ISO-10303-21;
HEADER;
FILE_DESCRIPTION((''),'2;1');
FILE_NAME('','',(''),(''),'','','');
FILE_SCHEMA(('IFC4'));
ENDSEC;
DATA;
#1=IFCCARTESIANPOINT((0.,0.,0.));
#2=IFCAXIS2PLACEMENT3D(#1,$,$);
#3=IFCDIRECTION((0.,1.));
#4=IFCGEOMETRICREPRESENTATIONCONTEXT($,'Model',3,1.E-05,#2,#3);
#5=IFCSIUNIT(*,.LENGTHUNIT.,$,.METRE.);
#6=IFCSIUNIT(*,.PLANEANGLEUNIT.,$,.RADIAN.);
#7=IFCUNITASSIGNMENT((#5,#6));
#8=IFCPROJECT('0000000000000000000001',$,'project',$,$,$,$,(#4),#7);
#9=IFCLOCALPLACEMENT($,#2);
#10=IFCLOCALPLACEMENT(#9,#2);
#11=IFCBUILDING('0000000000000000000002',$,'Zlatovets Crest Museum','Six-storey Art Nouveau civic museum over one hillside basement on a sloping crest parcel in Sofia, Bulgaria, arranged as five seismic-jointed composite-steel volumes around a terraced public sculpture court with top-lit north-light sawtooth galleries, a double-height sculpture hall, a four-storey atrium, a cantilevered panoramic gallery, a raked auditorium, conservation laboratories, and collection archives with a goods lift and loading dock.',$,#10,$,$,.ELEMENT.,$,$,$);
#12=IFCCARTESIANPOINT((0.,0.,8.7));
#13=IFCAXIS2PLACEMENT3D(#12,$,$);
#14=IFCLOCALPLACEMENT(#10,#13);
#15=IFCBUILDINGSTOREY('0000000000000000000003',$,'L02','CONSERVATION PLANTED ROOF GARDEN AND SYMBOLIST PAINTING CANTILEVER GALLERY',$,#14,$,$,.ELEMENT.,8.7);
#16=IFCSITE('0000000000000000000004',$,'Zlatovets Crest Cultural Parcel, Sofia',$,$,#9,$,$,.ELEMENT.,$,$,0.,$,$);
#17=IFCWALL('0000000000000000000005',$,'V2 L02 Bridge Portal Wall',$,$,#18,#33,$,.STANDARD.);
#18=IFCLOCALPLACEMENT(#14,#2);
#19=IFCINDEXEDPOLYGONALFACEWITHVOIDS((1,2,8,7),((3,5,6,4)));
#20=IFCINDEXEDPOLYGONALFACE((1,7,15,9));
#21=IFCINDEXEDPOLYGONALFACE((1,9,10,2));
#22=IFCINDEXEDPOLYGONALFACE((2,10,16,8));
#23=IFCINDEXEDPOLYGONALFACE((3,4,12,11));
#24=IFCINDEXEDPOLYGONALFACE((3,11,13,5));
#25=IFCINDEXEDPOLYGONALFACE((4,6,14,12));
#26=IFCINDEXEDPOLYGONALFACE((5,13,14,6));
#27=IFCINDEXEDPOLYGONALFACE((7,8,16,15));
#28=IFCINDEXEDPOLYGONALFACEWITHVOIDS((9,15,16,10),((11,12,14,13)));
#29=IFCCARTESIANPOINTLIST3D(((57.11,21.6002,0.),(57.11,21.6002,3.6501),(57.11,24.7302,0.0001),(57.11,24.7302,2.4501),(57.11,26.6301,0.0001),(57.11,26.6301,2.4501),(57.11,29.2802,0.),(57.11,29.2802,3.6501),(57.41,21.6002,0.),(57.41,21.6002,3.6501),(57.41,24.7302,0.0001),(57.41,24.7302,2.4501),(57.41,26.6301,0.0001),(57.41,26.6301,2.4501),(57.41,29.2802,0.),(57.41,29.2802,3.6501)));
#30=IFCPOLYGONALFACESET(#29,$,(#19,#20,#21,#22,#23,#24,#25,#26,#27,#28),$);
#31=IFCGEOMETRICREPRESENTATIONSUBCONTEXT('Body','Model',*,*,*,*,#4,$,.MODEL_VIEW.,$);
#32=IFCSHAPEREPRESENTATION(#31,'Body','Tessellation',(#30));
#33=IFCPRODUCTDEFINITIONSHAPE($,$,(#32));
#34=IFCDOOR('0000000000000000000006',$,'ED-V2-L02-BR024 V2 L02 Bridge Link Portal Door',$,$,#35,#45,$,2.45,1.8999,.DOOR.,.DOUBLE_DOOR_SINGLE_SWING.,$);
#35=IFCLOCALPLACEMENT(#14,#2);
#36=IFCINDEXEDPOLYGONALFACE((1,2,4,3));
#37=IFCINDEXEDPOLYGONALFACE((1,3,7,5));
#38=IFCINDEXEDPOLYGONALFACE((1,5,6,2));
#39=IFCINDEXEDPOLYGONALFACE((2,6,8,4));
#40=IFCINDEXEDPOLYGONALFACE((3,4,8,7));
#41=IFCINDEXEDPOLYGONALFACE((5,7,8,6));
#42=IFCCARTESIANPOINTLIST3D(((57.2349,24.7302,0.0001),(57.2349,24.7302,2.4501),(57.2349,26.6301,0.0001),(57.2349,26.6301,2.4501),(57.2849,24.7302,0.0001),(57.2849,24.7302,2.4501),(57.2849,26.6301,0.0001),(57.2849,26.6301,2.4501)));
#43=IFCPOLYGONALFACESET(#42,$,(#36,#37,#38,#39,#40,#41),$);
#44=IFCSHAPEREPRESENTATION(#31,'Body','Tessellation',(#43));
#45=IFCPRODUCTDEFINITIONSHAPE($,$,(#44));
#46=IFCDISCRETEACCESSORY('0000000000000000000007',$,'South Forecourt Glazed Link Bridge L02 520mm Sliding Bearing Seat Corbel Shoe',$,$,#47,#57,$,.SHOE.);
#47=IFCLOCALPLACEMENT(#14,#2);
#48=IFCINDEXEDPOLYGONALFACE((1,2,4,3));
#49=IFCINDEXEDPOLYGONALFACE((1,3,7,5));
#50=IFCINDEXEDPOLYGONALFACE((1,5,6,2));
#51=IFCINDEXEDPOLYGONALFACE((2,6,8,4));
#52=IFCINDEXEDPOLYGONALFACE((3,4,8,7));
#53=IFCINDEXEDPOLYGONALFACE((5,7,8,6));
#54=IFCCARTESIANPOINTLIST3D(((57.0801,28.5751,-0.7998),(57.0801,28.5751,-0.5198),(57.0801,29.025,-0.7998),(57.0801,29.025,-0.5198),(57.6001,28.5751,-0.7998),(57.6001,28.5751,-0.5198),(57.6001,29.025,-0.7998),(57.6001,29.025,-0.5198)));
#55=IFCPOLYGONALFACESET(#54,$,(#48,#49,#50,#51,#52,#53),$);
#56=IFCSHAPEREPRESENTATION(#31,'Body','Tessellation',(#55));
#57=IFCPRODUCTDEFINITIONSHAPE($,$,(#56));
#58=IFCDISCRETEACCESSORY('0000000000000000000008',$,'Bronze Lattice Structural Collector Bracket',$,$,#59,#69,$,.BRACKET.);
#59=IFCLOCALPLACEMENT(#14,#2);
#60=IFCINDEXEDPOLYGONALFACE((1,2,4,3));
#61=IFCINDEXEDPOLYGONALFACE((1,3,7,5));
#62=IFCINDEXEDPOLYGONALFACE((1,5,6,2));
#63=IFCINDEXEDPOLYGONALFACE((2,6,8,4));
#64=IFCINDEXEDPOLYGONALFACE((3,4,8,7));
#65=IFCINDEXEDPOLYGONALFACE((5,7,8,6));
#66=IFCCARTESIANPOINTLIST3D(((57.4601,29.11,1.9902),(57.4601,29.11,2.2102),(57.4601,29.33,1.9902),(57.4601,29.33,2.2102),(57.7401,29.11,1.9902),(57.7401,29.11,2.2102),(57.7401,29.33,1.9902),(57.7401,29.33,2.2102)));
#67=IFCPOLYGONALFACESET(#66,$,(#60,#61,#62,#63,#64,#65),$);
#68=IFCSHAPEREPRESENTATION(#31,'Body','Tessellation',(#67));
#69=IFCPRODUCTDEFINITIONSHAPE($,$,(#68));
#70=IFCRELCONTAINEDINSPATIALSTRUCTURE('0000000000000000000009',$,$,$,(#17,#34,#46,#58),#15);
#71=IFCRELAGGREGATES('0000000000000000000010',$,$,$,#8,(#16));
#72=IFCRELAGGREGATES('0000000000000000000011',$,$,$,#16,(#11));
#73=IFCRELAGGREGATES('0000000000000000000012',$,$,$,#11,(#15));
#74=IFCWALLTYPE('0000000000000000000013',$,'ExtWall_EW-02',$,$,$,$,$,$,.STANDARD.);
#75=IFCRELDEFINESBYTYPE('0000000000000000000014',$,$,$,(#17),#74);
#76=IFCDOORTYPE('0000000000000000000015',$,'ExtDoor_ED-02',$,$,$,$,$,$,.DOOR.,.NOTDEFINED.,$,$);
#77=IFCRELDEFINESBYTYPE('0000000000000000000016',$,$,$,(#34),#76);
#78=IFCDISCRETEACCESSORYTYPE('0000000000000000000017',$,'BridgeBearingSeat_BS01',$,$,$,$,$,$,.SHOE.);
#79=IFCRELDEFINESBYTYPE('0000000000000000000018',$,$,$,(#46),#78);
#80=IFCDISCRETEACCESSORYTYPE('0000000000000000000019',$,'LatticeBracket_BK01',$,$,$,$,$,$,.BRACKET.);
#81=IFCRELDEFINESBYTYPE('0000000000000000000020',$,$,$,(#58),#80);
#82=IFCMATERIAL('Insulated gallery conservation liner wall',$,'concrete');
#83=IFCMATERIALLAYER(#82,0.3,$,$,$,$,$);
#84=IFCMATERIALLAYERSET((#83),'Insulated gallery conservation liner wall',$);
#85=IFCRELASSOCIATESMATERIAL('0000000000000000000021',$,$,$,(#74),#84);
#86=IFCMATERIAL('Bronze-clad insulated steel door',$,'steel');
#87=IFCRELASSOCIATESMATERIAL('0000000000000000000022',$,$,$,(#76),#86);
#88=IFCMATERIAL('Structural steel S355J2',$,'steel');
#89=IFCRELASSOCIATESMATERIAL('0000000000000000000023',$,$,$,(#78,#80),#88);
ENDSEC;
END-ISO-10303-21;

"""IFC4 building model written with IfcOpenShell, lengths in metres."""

from ifc_helpers import new_model, si_unit, direction, frame, frame_2d, origin, origin_2d, place, context, subcontext, project, spatial, rectangle, extrude, material, layer, layer_set, type_object, element, fill, save


model = new_model("IFC4")

# Units and contexts
model_context = context("Model", 3, precision=1e-05, world=origin(), true_north=direction((0.0, 1.0)))
body_context = subcontext(model_context, "Body", "Model", "MODEL_VIEW")
ifc_project = project(units=[si_unit("LENGTHUNIT", "METRE"), si_unit("PLANEANGLEUNIT", "RADIAN")], contexts=[model_context])

# Site, building, storey
site_placement = place(None, origin())
site = spatial("IfcSite", under=ifc_project, at=site_placement, Name="Zlatovets Crest Cultural Parcel, Sofia", CompositionType="ELEMENT", RefElevation=0.0)
building_placement = place(site_placement, origin())
building = spatial("IfcBuilding", under=site, at=building_placement, Name="Zlatovets Crest Museum", Description="Six-storey Art Nouveau civic museum over one hillside basement on a sloping crest parcel in Sofia, Bulgaria, arranged as five seismic-jointed composite-steel volumes around a terraced public sculpture court with top-lit north-light sawtooth galleries, a double-height sculpture hall, a four-storey atrium, a cantilevered panoramic gallery, a raked auditorium, conservation laboratories, and collection archives with a goods lift and loading dock.", CompositionType="ELEMENT")
storey_placement = place(building_placement, frame((0.0, 0.0, 8.7)))
storey = spatial("IfcBuildingStorey", under=building, at=storey_placement, Name="L02", Description="CONSERVATION PLANTED ROOF GARDEN AND SYMBOLIST PAINTING CANTILEVER GALLERY", CompositionType="ELEMENT", Elevation=8.7)

# Shared definitions
ifc_material_1 = material(Name="Structural steel S355J2", Category="steel")

# Wall, opening, door
ifc_material_2 = material(Name="Insulated gallery conservation liner wall", Category="concrete")
ifc_layer_1 = layer(ifc_material_2, 0.3)
ifc_layer_set_1 = layer_set([ifc_layer_1], Name="Insulated gallery conservation liner wall")
wall_type = type_object("IfcWallType", Name="ExtWall_EW-02", PredefinedType="STANDARD", material=ifc_layer_set_1)
wall_placement = place(storey_placement, frame((57.26, 29.28, 0.0), z_axis=(0.0, 0.0, 1.0), x_axis=(0.0, -1.0, 0.0)))
wall = element("IfcWall", 1, at=wall_placement, inside=storey, type_object=wall_type, Name="V2 L02 Bridge Portal Wall", PredefinedType="STANDARD", context=body_context, shape_type="SweptSolid", body=[
    extrude(rectangle(XDim=7.6799, YDim=0.3, at=frame_2d((3.8398, 0.0))), origin(), (0.0, 0.0, 1.0), 3.6501),
])
opening_placement = place(wall_placement, frame((2.6499, 0.0, 0.0)))
opening = element("IfcOpeningElement", 2, at=opening_placement, cuts=wall, PredefinedType="OPENING", context=body_context, shape_type="SweptSolid", body=[
    extrude(rectangle(XDim=1.8999, YDim=2.45, at=frame_2d((0.95, 1.2251))), frame((0.0, 0.1602, 0.0), z_axis=(0.0, -1.0, 0.0), x_axis=(1.0, 0.0, 0.0)), (0.0, 0.0, 1.0), 0.3201),
])
ifc_material_3 = material(Name="Bronze-clad insulated steel door", Category="steel")
door_type = type_object("IfcDoorType", Name="ExtDoor_ED-02", OperationType="NOTDEFINED", PredefinedType="DOOR", material=ifc_material_3)
door_placement = place(opening_placement, origin())
door = element("IfcDoor", 3, at=door_placement, inside=storey, type_object=door_type, Name="ED-V2-L02-BR024 V2 L02 Bridge Link Portal Door", OperationType="DOUBLE_DOOR_SINGLE_SWING", OverallHeight=2.45, OverallWidth=1.8999, PredefinedType="DOOR", context=body_context, shape_type="SweptSolid", body=[
    extrude(rectangle(XDim=1.8999, YDim=2.45, at=frame_2d((0.95, 1.2251))), frame((0.0, 0.0249, 0.0), z_axis=(0.0, -1.0, 0.0), x_axis=(1.0, 0.0, 0.0)), (0.0, 0.0, 1.0), 0.05),
])
fill(opening, door)

# Discrete accessories
discrete_accessory_type_1 = type_object("IfcDiscreteAccessoryType", Name="BridgeBearingSeat_BS01", PredefinedType="SHOE", material=ifc_material_1)
discrete_accessory_1_placement = place(storey_placement, frame((57.3401, 28.8, -0.7998), z_axis=(0.0, 0.0, 1.0), x_axis=(1.0, 0.0, 0.0)))
element("IfcDiscreteAccessory", 4, at=discrete_accessory_1_placement, inside=storey, type_object=discrete_accessory_type_1, Name="South Forecourt Glazed Link Bridge L02 520mm Sliding Bearing Seat Corbel Shoe", PredefinedType="SHOE", context=body_context, shape_type="SweptSolid", body=[
    extrude(rectangle(XDim=0.52, YDim=0.45, at=origin_2d()), origin(), (0.0, 0.0, 1.0), 0.28),
])
discrete_accessory_type_2 = type_object("IfcDiscreteAccessoryType", Name="LatticeBracket_BK01", PredefinedType="BRACKET", material=ifc_material_1)
discrete_accessory_2_placement = place(storey_placement, frame((57.6001, 29.22, 1.9902), z_axis=(0.0, 0.0, 1.0), x_axis=(1.0, 0.0, 0.0)))
element("IfcDiscreteAccessory", 5, at=discrete_accessory_2_placement, inside=storey, type_object=discrete_accessory_type_2, Name="Bronze Lattice Structural Collector Bracket", PredefinedType="BRACKET", context=body_context, shape_type="SweptSolid", body=[
    extrude(rectangle(XDim=0.28, YDim=0.22, at=origin_2d()), origin(), (0.0, 0.0, 1.0), 0.22),
])

save(model, "model.ifc")
